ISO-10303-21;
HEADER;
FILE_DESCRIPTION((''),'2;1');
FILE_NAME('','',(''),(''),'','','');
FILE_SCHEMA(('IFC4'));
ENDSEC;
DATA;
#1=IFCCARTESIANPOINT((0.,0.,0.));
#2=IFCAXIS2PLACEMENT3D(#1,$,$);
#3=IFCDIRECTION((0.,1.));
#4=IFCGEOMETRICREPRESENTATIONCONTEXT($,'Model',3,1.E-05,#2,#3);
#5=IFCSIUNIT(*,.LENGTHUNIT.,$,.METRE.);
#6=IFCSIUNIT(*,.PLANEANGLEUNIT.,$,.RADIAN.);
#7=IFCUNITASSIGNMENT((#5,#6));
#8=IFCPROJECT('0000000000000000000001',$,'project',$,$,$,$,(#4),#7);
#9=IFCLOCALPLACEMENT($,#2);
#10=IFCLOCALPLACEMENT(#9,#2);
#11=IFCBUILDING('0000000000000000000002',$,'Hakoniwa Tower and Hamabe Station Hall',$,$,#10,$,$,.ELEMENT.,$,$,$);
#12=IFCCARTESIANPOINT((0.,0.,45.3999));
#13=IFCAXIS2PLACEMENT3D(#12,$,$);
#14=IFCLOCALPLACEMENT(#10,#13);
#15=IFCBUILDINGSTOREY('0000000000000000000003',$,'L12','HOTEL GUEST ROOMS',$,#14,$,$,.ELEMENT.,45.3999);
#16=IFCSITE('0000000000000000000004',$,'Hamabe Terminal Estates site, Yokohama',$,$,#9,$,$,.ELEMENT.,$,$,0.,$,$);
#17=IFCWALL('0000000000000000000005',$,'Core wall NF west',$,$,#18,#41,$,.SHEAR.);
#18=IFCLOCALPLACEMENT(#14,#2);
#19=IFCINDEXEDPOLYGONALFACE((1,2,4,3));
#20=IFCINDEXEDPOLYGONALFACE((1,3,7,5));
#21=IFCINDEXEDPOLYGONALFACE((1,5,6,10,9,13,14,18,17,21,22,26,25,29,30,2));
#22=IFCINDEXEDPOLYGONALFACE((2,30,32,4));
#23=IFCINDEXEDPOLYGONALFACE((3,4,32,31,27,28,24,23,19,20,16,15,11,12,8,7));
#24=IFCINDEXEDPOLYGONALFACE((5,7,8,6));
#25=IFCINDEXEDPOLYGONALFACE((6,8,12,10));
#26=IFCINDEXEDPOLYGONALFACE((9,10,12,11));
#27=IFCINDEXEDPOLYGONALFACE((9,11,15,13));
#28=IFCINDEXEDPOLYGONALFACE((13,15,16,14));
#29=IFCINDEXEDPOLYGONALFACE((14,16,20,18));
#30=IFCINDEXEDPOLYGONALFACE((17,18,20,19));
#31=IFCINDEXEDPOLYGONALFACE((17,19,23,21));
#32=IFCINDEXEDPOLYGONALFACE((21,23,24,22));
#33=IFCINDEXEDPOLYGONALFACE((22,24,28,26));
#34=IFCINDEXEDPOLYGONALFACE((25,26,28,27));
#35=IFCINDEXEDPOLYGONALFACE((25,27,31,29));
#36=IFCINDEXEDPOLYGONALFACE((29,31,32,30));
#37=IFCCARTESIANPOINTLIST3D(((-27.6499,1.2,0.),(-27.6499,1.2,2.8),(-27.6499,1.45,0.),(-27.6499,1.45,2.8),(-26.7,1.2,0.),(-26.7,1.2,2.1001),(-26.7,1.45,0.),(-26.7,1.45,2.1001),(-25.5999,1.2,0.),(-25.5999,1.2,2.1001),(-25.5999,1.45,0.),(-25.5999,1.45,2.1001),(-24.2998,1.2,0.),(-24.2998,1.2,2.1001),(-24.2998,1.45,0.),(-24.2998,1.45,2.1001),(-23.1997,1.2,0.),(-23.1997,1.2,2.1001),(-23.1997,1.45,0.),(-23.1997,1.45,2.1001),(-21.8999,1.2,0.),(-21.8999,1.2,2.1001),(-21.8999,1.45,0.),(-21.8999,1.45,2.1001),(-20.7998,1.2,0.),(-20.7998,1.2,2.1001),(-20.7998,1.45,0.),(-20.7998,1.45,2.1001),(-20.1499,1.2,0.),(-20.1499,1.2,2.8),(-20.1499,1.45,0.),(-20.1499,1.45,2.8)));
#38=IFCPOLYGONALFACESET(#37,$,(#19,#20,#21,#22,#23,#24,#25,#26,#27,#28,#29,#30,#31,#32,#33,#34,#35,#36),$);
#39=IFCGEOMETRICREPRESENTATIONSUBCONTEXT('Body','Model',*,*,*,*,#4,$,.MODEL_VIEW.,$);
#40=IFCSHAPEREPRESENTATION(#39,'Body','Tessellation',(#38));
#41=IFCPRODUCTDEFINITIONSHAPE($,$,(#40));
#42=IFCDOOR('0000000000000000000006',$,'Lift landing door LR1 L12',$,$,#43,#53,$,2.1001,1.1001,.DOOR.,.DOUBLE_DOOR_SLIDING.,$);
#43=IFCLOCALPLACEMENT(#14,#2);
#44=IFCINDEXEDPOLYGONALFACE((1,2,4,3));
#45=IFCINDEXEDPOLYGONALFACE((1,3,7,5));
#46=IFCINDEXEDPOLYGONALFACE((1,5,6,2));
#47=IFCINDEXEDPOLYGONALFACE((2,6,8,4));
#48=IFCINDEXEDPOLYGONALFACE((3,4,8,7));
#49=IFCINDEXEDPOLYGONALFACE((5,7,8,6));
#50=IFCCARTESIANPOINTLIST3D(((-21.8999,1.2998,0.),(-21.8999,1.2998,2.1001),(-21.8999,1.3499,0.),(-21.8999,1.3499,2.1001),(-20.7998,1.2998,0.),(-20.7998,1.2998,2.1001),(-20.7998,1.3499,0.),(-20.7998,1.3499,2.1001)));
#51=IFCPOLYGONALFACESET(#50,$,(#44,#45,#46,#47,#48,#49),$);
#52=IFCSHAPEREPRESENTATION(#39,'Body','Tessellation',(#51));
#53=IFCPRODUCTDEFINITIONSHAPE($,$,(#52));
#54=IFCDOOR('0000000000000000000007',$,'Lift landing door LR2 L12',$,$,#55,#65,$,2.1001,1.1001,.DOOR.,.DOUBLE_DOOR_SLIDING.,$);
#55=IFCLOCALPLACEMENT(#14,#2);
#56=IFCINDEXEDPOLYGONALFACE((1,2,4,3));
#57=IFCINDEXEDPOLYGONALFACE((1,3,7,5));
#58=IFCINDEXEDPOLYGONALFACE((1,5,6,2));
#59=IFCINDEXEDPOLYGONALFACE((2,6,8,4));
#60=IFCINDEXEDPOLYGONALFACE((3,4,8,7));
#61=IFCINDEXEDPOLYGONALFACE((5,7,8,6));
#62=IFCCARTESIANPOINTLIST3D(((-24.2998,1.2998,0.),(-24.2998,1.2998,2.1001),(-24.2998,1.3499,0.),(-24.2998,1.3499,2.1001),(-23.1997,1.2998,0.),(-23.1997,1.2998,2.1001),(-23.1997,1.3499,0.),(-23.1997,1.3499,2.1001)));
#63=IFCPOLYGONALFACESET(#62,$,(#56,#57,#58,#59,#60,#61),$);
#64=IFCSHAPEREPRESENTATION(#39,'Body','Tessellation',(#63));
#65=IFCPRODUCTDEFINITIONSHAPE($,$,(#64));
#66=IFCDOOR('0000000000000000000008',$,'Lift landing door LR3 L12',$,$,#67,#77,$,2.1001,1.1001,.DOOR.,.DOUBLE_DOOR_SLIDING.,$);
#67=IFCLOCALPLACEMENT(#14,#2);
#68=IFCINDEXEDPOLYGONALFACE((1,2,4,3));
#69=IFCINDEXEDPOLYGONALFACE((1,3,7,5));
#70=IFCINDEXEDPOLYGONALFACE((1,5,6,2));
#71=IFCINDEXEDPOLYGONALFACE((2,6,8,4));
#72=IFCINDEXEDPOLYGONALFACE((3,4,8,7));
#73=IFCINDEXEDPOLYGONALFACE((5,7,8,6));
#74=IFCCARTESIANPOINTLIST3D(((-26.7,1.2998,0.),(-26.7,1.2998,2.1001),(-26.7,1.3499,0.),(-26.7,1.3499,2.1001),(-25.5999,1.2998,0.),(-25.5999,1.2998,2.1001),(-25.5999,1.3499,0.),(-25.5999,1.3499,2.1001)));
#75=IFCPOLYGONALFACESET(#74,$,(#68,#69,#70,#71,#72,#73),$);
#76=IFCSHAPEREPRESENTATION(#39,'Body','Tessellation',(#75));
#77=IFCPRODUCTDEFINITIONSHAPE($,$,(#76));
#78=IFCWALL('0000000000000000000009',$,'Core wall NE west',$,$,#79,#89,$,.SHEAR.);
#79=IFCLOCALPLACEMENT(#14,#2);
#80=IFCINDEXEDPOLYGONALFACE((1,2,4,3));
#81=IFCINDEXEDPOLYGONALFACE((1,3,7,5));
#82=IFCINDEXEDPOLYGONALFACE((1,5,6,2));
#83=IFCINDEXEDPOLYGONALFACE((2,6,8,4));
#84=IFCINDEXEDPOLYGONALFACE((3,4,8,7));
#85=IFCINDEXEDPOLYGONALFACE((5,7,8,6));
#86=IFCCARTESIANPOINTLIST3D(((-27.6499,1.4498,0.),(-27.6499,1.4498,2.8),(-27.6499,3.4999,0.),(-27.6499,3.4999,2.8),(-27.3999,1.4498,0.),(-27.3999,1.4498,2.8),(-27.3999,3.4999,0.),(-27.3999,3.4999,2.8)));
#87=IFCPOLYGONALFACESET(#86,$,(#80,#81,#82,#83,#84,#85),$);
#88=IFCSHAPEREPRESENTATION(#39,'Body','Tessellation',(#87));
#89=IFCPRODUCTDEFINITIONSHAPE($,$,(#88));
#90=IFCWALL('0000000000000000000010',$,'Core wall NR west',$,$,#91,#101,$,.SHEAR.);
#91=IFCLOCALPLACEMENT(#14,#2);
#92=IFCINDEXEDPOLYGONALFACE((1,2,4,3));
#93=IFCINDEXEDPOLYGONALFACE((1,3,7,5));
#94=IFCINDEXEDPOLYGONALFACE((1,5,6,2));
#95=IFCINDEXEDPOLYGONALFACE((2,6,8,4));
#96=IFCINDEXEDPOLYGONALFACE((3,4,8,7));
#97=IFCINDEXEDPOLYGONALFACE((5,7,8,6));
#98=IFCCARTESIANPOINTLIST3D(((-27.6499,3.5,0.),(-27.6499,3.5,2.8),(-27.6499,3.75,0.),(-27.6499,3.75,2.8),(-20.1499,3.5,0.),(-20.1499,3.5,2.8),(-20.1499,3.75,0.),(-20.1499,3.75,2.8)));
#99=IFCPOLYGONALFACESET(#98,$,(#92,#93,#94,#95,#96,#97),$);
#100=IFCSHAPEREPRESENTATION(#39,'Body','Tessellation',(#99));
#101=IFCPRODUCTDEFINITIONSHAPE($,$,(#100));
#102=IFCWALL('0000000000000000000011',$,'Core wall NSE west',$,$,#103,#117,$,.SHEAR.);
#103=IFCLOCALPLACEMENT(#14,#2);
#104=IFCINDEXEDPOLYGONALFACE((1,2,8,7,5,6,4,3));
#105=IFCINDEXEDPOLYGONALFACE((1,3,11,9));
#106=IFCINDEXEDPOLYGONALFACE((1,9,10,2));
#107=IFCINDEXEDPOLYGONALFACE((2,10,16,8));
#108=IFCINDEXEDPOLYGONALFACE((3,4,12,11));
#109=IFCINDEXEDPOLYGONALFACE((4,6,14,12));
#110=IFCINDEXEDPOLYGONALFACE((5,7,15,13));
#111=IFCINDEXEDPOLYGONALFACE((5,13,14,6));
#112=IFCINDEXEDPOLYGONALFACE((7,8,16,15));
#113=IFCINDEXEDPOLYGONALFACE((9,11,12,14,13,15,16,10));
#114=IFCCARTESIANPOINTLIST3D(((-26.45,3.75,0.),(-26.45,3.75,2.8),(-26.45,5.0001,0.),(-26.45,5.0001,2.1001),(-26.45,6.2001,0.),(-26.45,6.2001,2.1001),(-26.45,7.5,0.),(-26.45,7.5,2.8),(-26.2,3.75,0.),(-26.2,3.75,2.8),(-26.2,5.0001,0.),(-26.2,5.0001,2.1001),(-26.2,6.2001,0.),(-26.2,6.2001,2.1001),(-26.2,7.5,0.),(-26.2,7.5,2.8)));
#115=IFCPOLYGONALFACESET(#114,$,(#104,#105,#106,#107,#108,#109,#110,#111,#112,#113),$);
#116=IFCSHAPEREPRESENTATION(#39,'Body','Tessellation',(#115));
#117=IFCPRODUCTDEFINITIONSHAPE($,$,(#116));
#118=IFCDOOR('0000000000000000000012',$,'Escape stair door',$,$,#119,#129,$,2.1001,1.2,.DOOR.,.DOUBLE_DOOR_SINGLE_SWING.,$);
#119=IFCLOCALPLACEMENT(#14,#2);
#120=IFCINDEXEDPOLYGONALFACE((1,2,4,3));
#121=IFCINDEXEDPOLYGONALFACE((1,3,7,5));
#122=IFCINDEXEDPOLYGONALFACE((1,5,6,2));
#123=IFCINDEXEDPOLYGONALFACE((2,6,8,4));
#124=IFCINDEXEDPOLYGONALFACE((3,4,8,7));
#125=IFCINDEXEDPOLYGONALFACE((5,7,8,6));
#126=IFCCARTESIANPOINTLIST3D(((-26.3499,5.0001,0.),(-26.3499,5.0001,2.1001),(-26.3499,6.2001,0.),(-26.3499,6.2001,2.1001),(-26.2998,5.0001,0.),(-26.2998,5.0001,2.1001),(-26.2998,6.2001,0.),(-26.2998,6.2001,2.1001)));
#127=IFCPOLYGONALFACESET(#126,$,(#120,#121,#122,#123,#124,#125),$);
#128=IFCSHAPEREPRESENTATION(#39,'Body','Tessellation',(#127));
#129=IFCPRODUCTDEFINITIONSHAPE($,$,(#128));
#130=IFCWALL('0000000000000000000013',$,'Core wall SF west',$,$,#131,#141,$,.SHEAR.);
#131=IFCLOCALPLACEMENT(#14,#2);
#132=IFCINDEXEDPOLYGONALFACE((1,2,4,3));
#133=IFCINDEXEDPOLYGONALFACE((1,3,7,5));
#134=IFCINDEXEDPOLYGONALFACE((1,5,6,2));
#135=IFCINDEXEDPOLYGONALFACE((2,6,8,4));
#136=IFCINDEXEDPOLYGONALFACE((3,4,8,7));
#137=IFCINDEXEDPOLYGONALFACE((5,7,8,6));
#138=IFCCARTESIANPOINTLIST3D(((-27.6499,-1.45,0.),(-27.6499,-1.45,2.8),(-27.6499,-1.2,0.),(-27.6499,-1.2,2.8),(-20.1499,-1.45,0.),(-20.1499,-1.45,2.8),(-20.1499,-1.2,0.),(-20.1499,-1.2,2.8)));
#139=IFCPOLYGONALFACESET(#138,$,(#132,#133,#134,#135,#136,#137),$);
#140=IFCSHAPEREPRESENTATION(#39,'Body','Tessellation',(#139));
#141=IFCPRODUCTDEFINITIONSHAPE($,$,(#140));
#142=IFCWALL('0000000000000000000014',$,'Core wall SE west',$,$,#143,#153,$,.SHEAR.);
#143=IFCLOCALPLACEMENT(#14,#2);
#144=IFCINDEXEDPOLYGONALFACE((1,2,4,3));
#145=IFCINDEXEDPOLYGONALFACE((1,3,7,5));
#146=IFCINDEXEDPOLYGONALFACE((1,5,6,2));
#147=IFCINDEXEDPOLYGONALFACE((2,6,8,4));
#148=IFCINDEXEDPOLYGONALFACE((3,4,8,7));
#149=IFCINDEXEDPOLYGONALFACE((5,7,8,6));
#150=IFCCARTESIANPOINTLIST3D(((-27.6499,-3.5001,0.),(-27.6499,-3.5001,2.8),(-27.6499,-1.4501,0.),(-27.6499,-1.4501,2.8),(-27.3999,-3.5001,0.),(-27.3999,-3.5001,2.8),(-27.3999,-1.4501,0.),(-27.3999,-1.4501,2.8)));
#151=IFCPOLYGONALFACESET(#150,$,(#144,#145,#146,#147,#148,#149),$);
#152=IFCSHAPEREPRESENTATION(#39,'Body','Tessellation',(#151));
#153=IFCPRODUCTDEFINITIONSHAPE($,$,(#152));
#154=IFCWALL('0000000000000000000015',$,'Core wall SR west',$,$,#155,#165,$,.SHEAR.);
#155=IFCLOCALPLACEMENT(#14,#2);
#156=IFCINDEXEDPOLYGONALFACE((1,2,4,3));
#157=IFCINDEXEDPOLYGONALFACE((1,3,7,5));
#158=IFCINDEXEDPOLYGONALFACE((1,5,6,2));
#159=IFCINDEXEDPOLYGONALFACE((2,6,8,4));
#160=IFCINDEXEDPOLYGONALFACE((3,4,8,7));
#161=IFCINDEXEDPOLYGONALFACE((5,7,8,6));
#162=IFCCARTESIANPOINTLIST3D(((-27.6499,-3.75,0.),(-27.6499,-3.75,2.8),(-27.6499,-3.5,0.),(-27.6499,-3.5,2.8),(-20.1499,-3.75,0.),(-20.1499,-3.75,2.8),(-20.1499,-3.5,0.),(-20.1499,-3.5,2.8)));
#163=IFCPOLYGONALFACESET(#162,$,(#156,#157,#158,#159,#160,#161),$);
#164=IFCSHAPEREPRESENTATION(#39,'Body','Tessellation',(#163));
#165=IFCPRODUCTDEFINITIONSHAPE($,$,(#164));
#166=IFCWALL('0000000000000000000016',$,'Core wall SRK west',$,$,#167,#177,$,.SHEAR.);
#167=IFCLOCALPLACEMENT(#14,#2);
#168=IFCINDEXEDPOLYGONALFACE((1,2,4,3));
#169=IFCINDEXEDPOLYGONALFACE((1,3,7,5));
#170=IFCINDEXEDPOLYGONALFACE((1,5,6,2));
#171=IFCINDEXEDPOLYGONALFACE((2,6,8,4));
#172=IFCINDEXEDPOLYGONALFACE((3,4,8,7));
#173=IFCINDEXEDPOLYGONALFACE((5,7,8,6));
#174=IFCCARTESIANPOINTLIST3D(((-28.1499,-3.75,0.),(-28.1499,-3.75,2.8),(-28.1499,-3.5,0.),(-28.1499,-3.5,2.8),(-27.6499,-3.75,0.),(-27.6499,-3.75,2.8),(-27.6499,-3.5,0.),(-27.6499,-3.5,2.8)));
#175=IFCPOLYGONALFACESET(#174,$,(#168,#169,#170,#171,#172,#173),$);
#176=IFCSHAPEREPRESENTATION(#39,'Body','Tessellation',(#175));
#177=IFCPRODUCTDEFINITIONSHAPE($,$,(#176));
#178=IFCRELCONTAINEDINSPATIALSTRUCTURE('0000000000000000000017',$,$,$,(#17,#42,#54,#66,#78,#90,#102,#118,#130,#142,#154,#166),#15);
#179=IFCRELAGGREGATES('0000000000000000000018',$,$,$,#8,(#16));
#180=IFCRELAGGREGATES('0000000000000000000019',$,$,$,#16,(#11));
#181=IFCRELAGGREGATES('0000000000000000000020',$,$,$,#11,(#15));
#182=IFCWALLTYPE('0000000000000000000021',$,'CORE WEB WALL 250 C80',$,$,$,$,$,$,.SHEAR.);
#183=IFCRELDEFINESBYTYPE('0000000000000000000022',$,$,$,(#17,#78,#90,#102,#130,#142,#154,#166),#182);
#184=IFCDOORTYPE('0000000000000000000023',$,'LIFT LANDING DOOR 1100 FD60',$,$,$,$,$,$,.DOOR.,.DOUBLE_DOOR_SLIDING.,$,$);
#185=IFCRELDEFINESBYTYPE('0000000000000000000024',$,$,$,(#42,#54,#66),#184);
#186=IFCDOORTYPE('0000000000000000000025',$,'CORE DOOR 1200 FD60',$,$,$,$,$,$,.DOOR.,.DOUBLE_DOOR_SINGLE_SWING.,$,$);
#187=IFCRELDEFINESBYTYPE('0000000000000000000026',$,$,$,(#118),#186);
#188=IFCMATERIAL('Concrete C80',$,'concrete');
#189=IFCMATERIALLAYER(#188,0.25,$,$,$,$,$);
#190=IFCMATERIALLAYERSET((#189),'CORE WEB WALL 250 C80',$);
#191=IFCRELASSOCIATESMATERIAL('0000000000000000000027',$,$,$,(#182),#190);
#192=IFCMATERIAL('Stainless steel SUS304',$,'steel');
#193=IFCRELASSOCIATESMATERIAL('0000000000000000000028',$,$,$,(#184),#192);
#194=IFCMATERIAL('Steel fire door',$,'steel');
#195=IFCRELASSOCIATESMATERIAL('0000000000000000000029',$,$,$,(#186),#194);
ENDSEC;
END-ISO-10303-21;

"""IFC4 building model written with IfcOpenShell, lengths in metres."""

from ifc_helpers import new_model, si_unit, direction, frame, frame_2d, origin, place, context, subcontext, project, spatial, rectangle, extrude, material, layer, layer_set, type_object, element, fill, save


model = new_model("IFC4")

# Units and contexts
model_context = context("Model", 3, precision=1e-05, world=origin(), true_north=direction((0.0, 1.0)))
body_context = subcontext(model_context, "Body", "Model", "MODEL_VIEW")
ifc_project = project(units=[si_unit("LENGTHUNIT", "METRE"), si_unit("PLANEANGLEUNIT", "RADIAN")], contexts=[model_context])

# Site, building, storey
site_placement = place(None, origin())
site = spatial("IfcSite", under=ifc_project, at=site_placement, Name="Hamabe Terminal Estates site, Yokohama", CompositionType="ELEMENT", RefElevation=0.0)
building_placement = place(site_placement, origin())
building = spatial("IfcBuilding", under=site, at=building_placement, Name="Hakoniwa Tower and Hamabe Station Hall", CompositionType="ELEMENT")
storey_placement = place(building_placement, frame((0.0, 0.0, 45.3999)))
storey = spatial("IfcBuildingStorey", under=building, at=storey_placement, Name="L12", Description="HOTEL GUEST ROOMS", CompositionType="ELEMENT", Elevation=45.3999)

# Shared definitions
ifc_material_1 = material(Name="Concrete C80", Category="concrete")
ifc_layer_1 = layer(ifc_material_1, 0.25)
ifc_layer_set_1 = layer_set([ifc_layer_1], Name="CORE WEB WALL 250 C80")
wall_type_1 = type_object("IfcWallType", Name="CORE WEB WALL 250 C80", PredefinedType="SHEAR", material=ifc_layer_set_1)

# Wall, openings, doors
wall_1_placement = place(storey_placement, frame((-27.6499, 1.325, 0.0), z_axis=(0.0, 0.0, 1.0), x_axis=(1.0, 0.0, 0.0)))
wall_1 = element("IfcWall", 1, at=wall_1_placement, inside=storey, type_object=wall_type_1, Name="Core wall NF west", PredefinedType="SHEAR", context=body_context, shape_type="SweptSolid", body=[
    extrude(rectangle(XDim=7.5, YDim=0.25, at=frame_2d((3.75, 0.0))), origin(), (0.0, 0.0, 1.0), 2.8),
])
opening_1_placement = place(wall_1_placement, frame((5.75, 0.0, 0.0)))
opening_1 = element("IfcOpeningElement", 2, at=opening_1_placement, cuts=wall_1, PredefinedType="OPENING", context=body_context, shape_type="SweptSolid", body=[
    extrude(rectangle(XDim=1.1001, YDim=2.1001, at=frame_2d((0.55, 1.05))), frame((0.0, 0.135, 0.0), z_axis=(0.0, -1.0, 0.0), x_axis=(1.0, 0.0, 0.0)), (0.0, 0.0, 1.0), 0.27),
])
opening_2_placement = place(wall_1_placement, frame((3.3501, 0.0, 0.0)))
opening_2 = element("IfcOpeningElement", 3, at=opening_2_placement, cuts=wall_1, PredefinedType="OPENING", context=body_context, shape_type="SweptSolid", body=[
    extrude(rectangle(XDim=1.1001, YDim=2.1001, at=frame_2d((0.55, 1.05))), frame((0.0, 0.135, 0.0), z_axis=(0.0, -1.0, 0.0), x_axis=(1.0, 0.0, 0.0)), (0.0, 0.0, 1.0), 0.27),
])
opening_3_placement = place(wall_1_placement, frame((0.95, 0.0, 0.0)))
opening_3 = element("IfcOpeningElement", 4, at=opening_3_placement, cuts=wall_1, PredefinedType="OPENING", context=body_context, shape_type="SweptSolid", body=[
    extrude(rectangle(XDim=1.1001, YDim=2.1001, at=frame_2d((0.55, 1.05))), frame((0.0, 0.135, 0.0), z_axis=(0.0, -1.0, 0.0), x_axis=(1.0, 0.0, 0.0)), (0.0, 0.0, 1.0), 0.27),
])
ifc_material_2 = material(Name="Stainless steel SUS304", Category="steel")
door_type_1 = type_object("IfcDoorType", Name="LIFT LANDING DOOR 1100 FD60", OperationType="DOUBLE_DOOR_SLIDING", PredefinedType="DOOR", material=ifc_material_2)
door_1_placement = place(opening_1_placement, origin())
door_1 = element("IfcDoor", 5, at=door_1_placement, inside=storey, type_object=door_type_1, Name="Lift landing door LR1 L12", OperationType="DOUBLE_DOOR_SLIDING", OverallHeight=2.1001, OverallWidth=1.1001, PredefinedType="DOOR", context=body_context, shape_type="SweptSolid", body=[
    extrude(rectangle(XDim=1.1001, YDim=2.1001, at=frame_2d((0.55, 1.05))), frame((0.0, 0.0249, 0.0), z_axis=(0.0, -1.0, 0.0), x_axis=(1.0, 0.0, 0.0)), (0.0, 0.0, 1.0), 0.05),
])
fill(opening_1, door_1)
door_2_placement = place(opening_2_placement, origin())
door_2 = element("IfcDoor", 6, at=door_2_placement, inside=storey, type_object=door_type_1, Name="Lift landing door LR2 L12", OperationType="DOUBLE_DOOR_SLIDING", OverallHeight=2.1001, OverallWidth=1.1001, PredefinedType="DOOR", context=body_context, shape_type="SweptSolid", body=[
    extrude(rectangle(XDim=1.1001, YDim=2.1001, at=frame_2d((0.55, 1.05))), frame((0.0, 0.0249, 0.0), z_axis=(0.0, -1.0, 0.0), x_axis=(1.0, 0.0, 0.0)), (0.0, 0.0, 1.0), 0.05),
])
fill(opening_2, door_2)
door_3_placement = place(opening_3_placement, origin())
door_3 = element("IfcDoor", 7, at=door_3_placement, inside=storey, type_object=door_type_1, Name="Lift landing door LR3 L12", OperationType="DOUBLE_DOOR_SLIDING", OverallHeight=2.1001, OverallWidth=1.1001, PredefinedType="DOOR", context=body_context, shape_type="SweptSolid", body=[
    extrude(rectangle(XDim=1.1001, YDim=2.1001, at=frame_2d((0.55, 1.05))), frame((0.0, 0.0249, 0.0), z_axis=(0.0, -1.0, 0.0), x_axis=(1.0, 0.0, 0.0)), (0.0, 0.0, 1.0), 0.05),
])
fill(opening_3, door_3)

# Walls
wall_2_placement = place(storey_placement, frame((-27.5249, 1.45, 0.0), z_axis=(0.0, 0.0, 1.0), x_axis=(0.0, 1.0, 0.0)))
element("IfcWall", 8, at=wall_2_placement, inside=storey, type_object=wall_type_1, Name="Core wall NE west", PredefinedType="SHEAR", context=body_context, shape_type="SweptSolid", body=[
    extrude(rectangle(XDim=2.05, YDim=0.25, at=frame_2d((1.0249, 0.0))), origin(), (0.0, 0.0, 1.0), 2.8),
])
wall_3_placement = place(storey_placement, frame((-27.6499, 3.625, 0.0), z_axis=(0.0, 0.0, 1.0), x_axis=(1.0, 0.0, 0.0)))
element("IfcWall", 9, at=wall_3_placement, inside=storey, type_object=wall_type_1, Name="Core wall NR west", PredefinedType="SHEAR", context=body_context, shape_type="SweptSolid", body=[
    extrude(rectangle(XDim=7.5, YDim=0.25, at=frame_2d((3.75, 0.0))), origin(), (0.0, 0.0, 1.0), 2.8),
])

# Wall, opening, door
wall_4_placement = place(storey_placement, frame((-26.325, 3.75, 0.0), z_axis=(0.0, 0.0, 1.0), x_axis=(0.0, 1.0, 0.0)))
wall_4 = element("IfcWall", 10, at=wall_4_placement, inside=storey, type_object=wall_type_1, Name="Core wall NSE west", PredefinedType="SHEAR", context=body_context, shape_type="SweptSolid", body=[
    extrude(rectangle(XDim=3.75, YDim=0.25, at=frame_2d((1.875, 0.0))), origin(), (0.0, 0.0, 1.0), 2.8),
])
opening_4_placement = place(wall_4_placement, frame((1.25, 0.0, 0.0)))
opening_4 = element("IfcOpeningElement", 11, at=opening_4_placement, cuts=wall_4, PredefinedType="OPENING", context=body_context, shape_type="SweptSolid", body=[
    extrude(rectangle(XDim=1.2, YDim=2.1001, at=frame_2d((0.6001, 1.05))), frame((0.0, 0.135, 0.0), z_axis=(0.0, -1.0, 0.0), x_axis=(1.0, 0.0, 0.0)), (0.0, 0.0, 1.0), 0.27),
])
ifc_material_3 = material(Name="Steel fire door", Category="steel")
door_type_2 = type_object("IfcDoorType", Name="CORE DOOR 1200 FD60", OperationType="DOUBLE_DOOR_SINGLE_SWING", PredefinedType="DOOR", material=ifc_material_3)
door_4_placement = place(opening_4_placement, origin())
door_4 = element("IfcDoor", 12, at=door_4_placement, inside=storey, type_object=door_type_2, Name="Escape stair door", OperationType="DOUBLE_DOOR_SINGLE_SWING", OverallHeight=2.1001, OverallWidth=1.2, PredefinedType="DOOR", context=body_context, shape_type="SweptSolid", body=[
    extrude(rectangle(XDim=1.2, YDim=2.1001, at=frame_2d((0.6001, 1.05))), frame((0.0, 0.0249, 0.0), z_axis=(0.0, -1.0, 0.0), x_axis=(1.0, 0.0, 0.0)), (0.0, 0.0, 1.0), 0.05),
])
fill(opening_4, door_4)

# Walls
wall_5_placement = place(storey_placement, frame((-27.6499, -1.325, 0.0), z_axis=(0.0, 0.0, 1.0), x_axis=(1.0, 0.0, 0.0)))
element("IfcWall", 13, at=wall_5_placement, inside=storey, type_object=wall_type_1, Name="Core wall SF west", PredefinedType="SHEAR", context=body_context, shape_type="SweptSolid", body=[
    extrude(rectangle(XDim=7.5, YDim=0.25, at=frame_2d((3.75, 0.0))), origin(), (0.0, 0.0, 1.0), 2.8),
])
wall_6_placement = place(storey_placement, frame((-27.5249, -3.5, 0.0), z_axis=(0.0, 0.0, 1.0), x_axis=(0.0, 1.0, 0.0)))
element("IfcWall", 14, at=wall_6_placement, inside=storey, type_object=wall_type_1, Name="Core wall SE west", PredefinedType="SHEAR", context=body_context, shape_type="SweptSolid", body=[
    extrude(rectangle(XDim=2.05, YDim=0.25, at=frame_2d((1.0249, 0.0))), origin(), (0.0, 0.0, 1.0), 2.8),
])
wall_7_placement = place(storey_placement, frame((-27.6499, -3.625, 0.0), z_axis=(0.0, 0.0, 1.0), x_axis=(1.0, 0.0, 0.0)))
element("IfcWall", 15, at=wall_7_placement, inside=storey, type_object=wall_type_1, Name="Core wall SR west", PredefinedType="SHEAR", context=body_context, shape_type="SweptSolid", body=[
    extrude(rectangle(XDim=7.5, YDim=0.25, at=frame_2d((3.75, 0.0))), origin(), (0.0, 0.0, 1.0), 2.8),
])
wall_8_placement = place(storey_placement, frame((-28.1499, -3.625, 0.0), z_axis=(0.0, 0.0, 1.0), x_axis=(1.0, 0.0, 0.0)))
element("IfcWall", 16, at=wall_8_placement, inside=storey, type_object=wall_type_1, Name="Core wall SRK west", PredefinedType="SHEAR", context=body_context, shape_type="SweptSolid", body=[
    extrude(rectangle(XDim=0.5, YDim=0.25, at=frame_2d((0.25, 0.0))), origin(), (0.0, 0.0, 1.0), 2.8),
])

save(model, "model.ifc")
